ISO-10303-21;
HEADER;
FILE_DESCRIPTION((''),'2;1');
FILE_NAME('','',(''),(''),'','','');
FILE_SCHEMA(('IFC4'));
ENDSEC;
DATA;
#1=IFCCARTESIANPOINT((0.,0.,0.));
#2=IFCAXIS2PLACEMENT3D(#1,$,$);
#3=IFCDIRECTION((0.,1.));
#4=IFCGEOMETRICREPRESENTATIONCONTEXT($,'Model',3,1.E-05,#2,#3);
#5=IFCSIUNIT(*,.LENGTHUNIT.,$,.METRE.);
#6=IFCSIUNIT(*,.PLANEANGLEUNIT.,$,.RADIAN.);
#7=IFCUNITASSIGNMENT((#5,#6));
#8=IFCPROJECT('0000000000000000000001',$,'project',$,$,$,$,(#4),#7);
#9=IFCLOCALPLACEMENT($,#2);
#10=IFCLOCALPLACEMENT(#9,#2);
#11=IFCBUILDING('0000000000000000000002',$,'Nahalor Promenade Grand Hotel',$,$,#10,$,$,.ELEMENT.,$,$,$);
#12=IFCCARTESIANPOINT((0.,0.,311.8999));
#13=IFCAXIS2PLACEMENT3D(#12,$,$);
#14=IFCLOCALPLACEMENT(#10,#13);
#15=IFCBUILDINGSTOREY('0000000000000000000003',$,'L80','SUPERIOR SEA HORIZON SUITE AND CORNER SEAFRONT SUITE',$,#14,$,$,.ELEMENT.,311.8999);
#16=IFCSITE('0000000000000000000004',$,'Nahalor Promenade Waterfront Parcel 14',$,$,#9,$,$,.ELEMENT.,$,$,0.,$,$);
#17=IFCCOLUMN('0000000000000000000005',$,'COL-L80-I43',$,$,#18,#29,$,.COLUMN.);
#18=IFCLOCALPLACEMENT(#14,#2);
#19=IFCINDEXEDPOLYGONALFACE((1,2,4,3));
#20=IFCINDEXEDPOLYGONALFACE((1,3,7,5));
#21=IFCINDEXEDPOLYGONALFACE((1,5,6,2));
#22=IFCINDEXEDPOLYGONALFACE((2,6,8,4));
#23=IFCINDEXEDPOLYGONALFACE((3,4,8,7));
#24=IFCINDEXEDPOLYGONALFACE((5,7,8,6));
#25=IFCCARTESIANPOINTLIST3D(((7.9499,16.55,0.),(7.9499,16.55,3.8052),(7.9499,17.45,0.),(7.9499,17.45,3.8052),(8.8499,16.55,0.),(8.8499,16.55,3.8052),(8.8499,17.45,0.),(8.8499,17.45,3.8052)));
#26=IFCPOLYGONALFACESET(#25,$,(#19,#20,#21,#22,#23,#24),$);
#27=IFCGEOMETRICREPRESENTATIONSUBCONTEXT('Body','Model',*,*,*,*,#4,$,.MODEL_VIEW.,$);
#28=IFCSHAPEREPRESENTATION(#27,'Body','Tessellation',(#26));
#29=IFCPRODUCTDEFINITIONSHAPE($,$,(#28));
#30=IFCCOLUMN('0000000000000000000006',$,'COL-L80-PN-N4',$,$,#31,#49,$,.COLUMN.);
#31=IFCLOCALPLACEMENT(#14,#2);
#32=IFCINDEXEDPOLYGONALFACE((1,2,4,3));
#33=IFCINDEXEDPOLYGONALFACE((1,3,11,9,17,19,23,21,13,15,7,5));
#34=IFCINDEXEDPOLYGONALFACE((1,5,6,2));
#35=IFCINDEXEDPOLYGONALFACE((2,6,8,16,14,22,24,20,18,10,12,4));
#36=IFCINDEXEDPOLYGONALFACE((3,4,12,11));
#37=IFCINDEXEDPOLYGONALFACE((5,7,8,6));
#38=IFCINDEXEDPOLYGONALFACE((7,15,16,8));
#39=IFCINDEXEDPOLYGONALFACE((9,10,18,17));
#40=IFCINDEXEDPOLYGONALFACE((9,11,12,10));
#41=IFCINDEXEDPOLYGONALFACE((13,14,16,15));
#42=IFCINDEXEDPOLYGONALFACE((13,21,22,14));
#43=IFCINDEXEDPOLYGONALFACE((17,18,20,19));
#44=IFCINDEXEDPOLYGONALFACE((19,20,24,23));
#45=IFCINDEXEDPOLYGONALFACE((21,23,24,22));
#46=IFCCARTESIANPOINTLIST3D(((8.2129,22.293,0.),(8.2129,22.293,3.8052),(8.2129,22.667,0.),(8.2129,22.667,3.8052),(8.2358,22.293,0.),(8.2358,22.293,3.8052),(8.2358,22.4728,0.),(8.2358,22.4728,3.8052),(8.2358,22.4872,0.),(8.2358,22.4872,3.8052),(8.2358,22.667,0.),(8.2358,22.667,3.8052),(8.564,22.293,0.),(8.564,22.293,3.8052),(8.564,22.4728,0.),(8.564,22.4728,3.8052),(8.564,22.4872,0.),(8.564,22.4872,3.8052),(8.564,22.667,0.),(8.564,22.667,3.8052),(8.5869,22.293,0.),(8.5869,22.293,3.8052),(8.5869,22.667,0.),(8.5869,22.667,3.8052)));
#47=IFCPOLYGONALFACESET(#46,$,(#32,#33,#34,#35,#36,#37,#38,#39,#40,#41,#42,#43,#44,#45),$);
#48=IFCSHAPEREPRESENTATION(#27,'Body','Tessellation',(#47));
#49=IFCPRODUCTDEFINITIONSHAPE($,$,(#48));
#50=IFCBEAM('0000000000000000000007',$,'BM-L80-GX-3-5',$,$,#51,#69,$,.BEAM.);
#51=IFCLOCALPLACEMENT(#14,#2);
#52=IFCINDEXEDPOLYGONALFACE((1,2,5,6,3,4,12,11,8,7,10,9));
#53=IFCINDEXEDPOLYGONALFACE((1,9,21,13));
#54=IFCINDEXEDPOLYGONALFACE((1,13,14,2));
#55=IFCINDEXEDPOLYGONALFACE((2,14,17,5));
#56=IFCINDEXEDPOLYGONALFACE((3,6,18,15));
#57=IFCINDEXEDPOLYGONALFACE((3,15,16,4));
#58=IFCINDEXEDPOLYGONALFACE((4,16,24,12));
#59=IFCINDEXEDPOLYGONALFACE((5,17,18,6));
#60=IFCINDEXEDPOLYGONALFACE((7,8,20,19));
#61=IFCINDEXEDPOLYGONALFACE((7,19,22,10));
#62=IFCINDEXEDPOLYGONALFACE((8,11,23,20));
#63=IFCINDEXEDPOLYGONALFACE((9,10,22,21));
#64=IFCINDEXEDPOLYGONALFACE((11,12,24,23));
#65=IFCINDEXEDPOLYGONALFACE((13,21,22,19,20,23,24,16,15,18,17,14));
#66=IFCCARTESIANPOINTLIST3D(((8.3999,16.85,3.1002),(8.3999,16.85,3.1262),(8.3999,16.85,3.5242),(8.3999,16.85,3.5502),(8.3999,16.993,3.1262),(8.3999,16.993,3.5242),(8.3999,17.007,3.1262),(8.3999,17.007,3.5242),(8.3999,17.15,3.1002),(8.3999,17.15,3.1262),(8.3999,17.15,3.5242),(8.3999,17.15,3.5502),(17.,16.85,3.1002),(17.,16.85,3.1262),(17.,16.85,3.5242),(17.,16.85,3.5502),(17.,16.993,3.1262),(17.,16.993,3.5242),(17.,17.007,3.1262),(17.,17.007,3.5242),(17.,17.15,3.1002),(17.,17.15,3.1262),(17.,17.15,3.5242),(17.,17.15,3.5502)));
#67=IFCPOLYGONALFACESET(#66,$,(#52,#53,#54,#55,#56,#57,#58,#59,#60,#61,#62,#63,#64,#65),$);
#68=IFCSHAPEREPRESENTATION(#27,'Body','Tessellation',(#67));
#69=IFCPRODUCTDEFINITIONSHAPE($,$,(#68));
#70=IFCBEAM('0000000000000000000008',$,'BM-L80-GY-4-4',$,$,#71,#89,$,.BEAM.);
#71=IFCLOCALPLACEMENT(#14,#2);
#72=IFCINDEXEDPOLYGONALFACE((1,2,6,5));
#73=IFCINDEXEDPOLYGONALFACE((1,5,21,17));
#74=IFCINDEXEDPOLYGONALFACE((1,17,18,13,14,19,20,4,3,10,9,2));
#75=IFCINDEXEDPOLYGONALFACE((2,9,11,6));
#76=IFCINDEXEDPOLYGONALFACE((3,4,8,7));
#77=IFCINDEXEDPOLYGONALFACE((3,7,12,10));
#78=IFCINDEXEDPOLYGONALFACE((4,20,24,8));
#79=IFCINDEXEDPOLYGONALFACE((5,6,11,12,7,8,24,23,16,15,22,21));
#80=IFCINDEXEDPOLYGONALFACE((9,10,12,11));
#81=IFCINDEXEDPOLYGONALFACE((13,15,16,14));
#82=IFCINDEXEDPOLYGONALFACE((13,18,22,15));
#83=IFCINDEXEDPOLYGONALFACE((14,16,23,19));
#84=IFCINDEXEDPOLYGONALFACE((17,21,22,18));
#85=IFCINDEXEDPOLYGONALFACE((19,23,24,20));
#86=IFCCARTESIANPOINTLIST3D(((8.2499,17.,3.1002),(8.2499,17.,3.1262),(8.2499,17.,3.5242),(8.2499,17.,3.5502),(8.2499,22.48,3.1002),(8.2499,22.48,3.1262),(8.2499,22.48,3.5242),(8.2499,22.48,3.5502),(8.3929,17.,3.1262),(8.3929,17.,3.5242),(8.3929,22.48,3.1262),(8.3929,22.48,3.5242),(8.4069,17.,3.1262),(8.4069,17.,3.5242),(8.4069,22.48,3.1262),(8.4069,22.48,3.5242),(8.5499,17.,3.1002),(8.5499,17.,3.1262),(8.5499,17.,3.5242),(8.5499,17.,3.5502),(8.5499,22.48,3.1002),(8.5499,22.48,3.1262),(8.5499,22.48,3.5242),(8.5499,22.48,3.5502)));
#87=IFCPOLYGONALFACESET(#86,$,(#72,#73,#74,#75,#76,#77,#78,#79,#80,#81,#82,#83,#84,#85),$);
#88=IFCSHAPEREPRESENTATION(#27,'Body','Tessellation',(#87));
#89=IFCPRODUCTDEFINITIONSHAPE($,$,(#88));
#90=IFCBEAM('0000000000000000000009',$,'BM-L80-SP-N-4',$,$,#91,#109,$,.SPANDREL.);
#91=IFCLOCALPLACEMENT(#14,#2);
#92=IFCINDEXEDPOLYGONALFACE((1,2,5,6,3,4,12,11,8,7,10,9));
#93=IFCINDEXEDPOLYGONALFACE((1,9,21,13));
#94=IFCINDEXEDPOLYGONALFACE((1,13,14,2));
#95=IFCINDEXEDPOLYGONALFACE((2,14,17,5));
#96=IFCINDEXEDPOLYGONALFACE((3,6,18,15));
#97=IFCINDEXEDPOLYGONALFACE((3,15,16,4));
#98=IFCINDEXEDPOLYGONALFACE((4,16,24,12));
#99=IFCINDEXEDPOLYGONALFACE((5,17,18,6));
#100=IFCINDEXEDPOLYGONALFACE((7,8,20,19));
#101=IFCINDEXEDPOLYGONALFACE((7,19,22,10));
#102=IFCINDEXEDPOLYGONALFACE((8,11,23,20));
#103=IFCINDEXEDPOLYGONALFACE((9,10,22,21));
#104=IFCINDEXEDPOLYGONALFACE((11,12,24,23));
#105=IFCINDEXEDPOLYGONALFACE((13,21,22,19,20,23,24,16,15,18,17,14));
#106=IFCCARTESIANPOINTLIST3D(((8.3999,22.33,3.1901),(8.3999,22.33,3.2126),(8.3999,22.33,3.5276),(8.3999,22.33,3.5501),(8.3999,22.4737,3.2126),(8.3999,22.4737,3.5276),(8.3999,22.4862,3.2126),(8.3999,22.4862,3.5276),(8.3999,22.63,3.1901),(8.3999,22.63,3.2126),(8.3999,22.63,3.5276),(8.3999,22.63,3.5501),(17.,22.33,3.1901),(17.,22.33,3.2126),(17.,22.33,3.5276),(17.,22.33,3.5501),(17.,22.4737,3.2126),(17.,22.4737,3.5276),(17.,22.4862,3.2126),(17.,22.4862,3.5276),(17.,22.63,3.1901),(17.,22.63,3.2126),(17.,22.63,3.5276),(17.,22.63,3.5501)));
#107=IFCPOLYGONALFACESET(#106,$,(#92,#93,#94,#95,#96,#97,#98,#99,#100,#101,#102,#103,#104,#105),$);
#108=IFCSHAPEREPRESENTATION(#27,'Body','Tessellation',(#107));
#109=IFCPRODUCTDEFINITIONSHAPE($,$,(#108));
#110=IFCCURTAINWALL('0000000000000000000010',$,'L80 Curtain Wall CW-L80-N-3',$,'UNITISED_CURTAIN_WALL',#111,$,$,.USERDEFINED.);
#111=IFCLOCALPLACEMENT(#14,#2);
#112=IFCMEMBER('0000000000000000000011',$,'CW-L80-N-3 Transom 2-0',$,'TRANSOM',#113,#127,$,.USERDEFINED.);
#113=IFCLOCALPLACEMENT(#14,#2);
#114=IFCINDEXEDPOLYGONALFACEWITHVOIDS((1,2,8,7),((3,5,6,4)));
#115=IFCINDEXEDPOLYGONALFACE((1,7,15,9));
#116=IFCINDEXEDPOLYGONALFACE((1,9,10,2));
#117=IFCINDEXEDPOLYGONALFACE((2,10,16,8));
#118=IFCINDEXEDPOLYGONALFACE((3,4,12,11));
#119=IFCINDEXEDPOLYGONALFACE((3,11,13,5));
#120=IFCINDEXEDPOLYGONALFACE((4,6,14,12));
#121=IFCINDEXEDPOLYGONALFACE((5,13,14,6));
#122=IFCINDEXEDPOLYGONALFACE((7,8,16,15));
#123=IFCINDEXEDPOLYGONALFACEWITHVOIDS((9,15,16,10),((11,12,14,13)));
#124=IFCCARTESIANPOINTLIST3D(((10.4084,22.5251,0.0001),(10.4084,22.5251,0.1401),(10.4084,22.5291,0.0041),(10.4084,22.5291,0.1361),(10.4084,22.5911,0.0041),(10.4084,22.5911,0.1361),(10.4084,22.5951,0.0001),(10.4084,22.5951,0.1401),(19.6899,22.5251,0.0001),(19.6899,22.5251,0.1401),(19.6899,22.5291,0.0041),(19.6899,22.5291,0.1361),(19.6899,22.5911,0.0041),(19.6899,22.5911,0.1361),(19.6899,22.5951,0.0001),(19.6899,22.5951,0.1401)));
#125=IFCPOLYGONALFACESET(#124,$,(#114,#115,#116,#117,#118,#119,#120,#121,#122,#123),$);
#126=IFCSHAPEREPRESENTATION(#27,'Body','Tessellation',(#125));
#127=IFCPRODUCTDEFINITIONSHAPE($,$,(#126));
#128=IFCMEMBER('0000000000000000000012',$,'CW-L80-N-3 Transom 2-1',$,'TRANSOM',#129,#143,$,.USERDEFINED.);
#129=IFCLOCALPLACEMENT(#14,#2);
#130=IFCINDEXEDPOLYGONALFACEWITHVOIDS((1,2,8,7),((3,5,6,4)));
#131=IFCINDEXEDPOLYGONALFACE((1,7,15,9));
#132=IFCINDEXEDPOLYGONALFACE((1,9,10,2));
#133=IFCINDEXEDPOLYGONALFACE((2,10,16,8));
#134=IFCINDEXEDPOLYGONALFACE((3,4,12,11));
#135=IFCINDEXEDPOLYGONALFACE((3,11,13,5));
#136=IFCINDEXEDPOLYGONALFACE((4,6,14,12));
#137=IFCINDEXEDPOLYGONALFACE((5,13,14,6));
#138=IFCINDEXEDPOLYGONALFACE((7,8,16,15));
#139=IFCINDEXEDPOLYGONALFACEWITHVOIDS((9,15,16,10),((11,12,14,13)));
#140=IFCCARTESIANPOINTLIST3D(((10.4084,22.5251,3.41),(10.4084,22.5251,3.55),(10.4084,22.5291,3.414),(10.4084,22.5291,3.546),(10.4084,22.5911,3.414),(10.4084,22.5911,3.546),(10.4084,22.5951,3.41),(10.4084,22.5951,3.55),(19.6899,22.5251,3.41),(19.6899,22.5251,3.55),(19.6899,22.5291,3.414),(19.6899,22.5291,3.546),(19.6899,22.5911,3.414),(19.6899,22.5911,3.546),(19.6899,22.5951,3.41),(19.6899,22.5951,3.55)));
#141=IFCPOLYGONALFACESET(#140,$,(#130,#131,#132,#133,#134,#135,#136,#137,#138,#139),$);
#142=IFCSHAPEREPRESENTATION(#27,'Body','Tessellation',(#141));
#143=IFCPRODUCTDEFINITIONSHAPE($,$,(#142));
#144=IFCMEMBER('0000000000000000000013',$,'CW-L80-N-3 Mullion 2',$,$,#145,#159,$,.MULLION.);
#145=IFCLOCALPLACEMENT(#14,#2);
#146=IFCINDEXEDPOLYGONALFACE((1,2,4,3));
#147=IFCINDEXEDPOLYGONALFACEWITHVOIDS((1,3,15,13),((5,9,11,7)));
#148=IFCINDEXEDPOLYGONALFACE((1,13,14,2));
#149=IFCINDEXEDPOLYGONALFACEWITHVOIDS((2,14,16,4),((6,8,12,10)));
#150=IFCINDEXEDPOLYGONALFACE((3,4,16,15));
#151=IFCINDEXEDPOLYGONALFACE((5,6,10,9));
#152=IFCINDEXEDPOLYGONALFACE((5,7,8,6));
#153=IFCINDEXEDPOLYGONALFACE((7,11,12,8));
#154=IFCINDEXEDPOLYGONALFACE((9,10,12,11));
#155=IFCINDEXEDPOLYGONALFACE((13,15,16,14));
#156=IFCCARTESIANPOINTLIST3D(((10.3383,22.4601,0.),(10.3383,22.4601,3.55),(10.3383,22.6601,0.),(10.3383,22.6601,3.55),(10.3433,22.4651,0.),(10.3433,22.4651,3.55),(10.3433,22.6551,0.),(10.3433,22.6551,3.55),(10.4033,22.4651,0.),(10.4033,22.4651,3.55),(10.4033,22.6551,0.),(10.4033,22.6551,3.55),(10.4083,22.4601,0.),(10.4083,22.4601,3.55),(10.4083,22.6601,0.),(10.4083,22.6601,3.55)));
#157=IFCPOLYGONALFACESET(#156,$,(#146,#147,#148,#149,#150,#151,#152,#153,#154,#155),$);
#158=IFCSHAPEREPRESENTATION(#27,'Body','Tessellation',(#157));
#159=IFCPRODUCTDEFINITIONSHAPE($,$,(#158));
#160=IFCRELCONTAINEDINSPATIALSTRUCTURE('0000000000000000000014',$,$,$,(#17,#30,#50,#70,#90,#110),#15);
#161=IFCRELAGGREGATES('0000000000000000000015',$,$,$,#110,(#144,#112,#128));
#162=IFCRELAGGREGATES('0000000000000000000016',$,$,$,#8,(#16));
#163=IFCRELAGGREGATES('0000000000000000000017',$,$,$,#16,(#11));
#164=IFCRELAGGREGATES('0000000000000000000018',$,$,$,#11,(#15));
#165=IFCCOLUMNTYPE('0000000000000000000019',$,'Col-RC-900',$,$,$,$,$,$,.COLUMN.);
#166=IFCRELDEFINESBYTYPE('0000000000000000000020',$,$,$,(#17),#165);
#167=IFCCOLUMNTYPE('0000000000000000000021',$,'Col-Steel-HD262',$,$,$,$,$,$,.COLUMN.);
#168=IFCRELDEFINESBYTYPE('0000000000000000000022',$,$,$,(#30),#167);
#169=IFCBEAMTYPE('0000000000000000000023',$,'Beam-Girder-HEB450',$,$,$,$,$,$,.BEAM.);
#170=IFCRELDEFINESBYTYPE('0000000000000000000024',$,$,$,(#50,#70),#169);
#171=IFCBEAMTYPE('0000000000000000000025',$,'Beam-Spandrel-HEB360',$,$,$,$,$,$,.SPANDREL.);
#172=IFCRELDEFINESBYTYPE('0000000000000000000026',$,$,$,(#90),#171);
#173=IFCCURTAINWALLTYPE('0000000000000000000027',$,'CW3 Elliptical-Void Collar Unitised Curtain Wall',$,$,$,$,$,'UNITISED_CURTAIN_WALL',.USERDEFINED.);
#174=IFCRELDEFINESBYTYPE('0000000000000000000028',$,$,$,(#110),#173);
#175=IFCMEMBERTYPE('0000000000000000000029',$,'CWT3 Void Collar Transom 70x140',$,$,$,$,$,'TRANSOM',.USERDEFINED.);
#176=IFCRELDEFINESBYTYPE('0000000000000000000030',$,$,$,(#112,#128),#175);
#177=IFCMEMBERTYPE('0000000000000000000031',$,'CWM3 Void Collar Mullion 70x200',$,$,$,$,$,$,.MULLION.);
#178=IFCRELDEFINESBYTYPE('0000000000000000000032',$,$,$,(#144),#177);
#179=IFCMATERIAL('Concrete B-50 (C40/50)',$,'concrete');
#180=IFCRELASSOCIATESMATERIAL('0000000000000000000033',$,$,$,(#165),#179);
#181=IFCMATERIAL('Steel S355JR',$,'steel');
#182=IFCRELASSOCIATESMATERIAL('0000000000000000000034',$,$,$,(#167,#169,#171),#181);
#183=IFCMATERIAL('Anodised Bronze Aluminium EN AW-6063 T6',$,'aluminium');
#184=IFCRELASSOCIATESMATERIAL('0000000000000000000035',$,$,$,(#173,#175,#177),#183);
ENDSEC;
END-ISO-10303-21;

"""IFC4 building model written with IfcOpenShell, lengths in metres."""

from ifc_helpers import new_model, si_unit, direction, frame, origin, origin_2d, place, context, subcontext, project, spatial, rectangle, hollow_rectangle, i_section, extrude, source, transform, mapped, material, material_profile, profile_set, type_object, element, aggregate, save


model = new_model("IFC4")

# Units and contexts
model_context = context("Model", 3, precision=1e-05, world=origin(), true_north=direction((0.0, 1.0)))
body_context = subcontext(model_context, "Body", "Model", "MODEL_VIEW")
ifc_project = project(units=[si_unit("LENGTHUNIT", "METRE"), si_unit("PLANEANGLEUNIT", "RADIAN")], contexts=[model_context])

# Site, building, storey
site_placement = place(None, origin())
site = spatial("IfcSite", under=ifc_project, at=site_placement, Name="Nahalor Promenade Waterfront Parcel 14", CompositionType="ELEMENT", RefElevation=0.0)
building_placement = place(site_placement, origin())
building = spatial("IfcBuilding", under=site, at=building_placement, Name="Nahalor Promenade Grand Hotel", CompositionType="ELEMENT")
storey_placement = place(building_placement, frame((0.0, 0.0, 311.8999)))
storey = spatial("IfcBuildingStorey", under=building, at=storey_placement, Name="L80", Description="SUPERIOR SEA HORIZON SUITE AND CORNER SEAFRONT SUITE", CompositionType="ELEMENT", Elevation=311.8999)

# Columns
ifc_material_1 = material(Name="Concrete B-50 (C40/50)", Category="concrete")
ifc_material_profile_1 = material_profile(ifc_material_1, rectangle(XDim=0.9, YDim=0.9, at=origin_2d()), Name="RC 900x900")
ifc_profile_set_1 = profile_set([ifc_material_profile_1], Name="Concrete B-50 (C40/50)")
column_type_1 = type_object("IfcColumnType", Name="Col-RC-900", PredefinedType="COLUMN", material=ifc_profile_set_1)
shared_shape_1 = source(origin(), body_context, "Body", "SweptSolid", [
    extrude(rectangle(XDim=0.9, YDim=0.9, at=origin_2d()), origin(), (0.0, 0.0, 1.0), 3.8052),
])
column_1_placement = place(storey_placement, frame((8.3999, 17.0, 0.0), z_axis=(0.0, 0.0, 1.0), x_axis=(1.0, 0.0, 0.0)))
element("IfcColumn", 1, at=column_1_placement, inside=storey, type_object=column_type_1, Name="COL-L80-I43", PredefinedType="COLUMN", context=body_context, shape_type="MappedRepresentation", body=[
    mapped(shared_shape_1, transform((0.0, 0.0, 0.0), scale=1.0)),
])
ifc_material_2 = material(Name="Steel S355JR", Category="steel")
ifc_material_profile_2 = material_profile(ifc_material_2, i_section(OverallWidth=0.374, OverallDepth=0.374, WebThickness=0.0144, FlangeThickness=0.0229, at=origin_2d()), Name="HD 360x262")
ifc_profile_set_2 = profile_set([ifc_material_profile_2], Name="Steel S355JR")
column_type_2 = type_object("IfcColumnType", Name="Col-Steel-HD262", PredefinedType="COLUMN", material=ifc_profile_set_2)
shared_shape_2 = source(origin(), body_context, "Body", "SweptSolid", [
    extrude(i_section(OverallWidth=0.374, OverallDepth=0.374, WebThickness=0.0144, FlangeThickness=0.0229, at=origin_2d()), origin(), (0.0, 0.0, 1.0), 3.8052),
])
column_2_placement = place(storey_placement, frame((8.3999, 22.48, 0.0), z_axis=(0.0, 0.0, 1.0), x_axis=(0.0, 1.0, 0.0)))
element("IfcColumn", 2, at=column_2_placement, inside=storey, type_object=column_type_2, Name="COL-L80-PN-N4", PredefinedType="COLUMN", context=body_context, shape_type="MappedRepresentation", body=[
    mapped(shared_shape_2, transform((0.0, 0.0, 0.0), scale=1.0)),
])

# Beams
ifc_material_profile_3 = material_profile(ifc_material_2, i_section(OverallWidth=0.3, OverallDepth=0.45, WebThickness=0.014, FlangeThickness=0.026, at=origin_2d()), Name="HEB 450")
ifc_profile_set_3 = profile_set([ifc_material_profile_3], Name="Steel S355JR")
beam_type_1 = type_object("IfcBeamType", Name="Beam-Girder-HEB450", PredefinedType="BEAM", material=ifc_profile_set_3)
shared_shape_3 = source(origin(), body_context, "Body", "SweptSolid", [
    extrude(i_section(OverallWidth=0.3, OverallDepth=0.45, WebThickness=0.014, FlangeThickness=0.026, at=origin_2d()), origin(), (0.0, 0.0, 1.0), 8.6001),
])
beam_1_placement = place(storey_placement, frame((8.3999, 17.0, 3.3252), z_axis=(1.0, 0.0, 0.0), x_axis=(0.0, 1.0, 0.0)))
element("IfcBeam", 3, at=beam_1_placement, inside=storey, type_object=beam_type_1, Name="BM-L80-GX-3-5", PredefinedType="BEAM", context=body_context, shape_type="MappedRepresentation", body=[
    mapped(shared_shape_3, transform((0.0, 0.0, 0.0), scale=1.0)),
])
shared_shape_4 = source(origin(), body_context, "Body", "SweptSolid", [
    extrude(i_section(OverallWidth=0.3, OverallDepth=0.45, WebThickness=0.014, FlangeThickness=0.026, at=origin_2d()), origin(), (0.0, 0.0, 1.0), 5.48),
])
beam_2_placement = place(storey_placement, frame((8.3999, 17.0, 3.3252), z_axis=(0.0, 1.0, 0.0), x_axis=(-1.0, 0.0, 0.0)))
element("IfcBeam", 4, at=beam_2_placement, inside=storey, type_object=beam_type_1, Name="BM-L80-GY-4-4", PredefinedType="BEAM", context=body_context, shape_type="MappedRepresentation", body=[
    mapped(shared_shape_4, transform((0.0, 0.0, 0.0), scale=1.0)),
])
ifc_material_profile_4 = material_profile(ifc_material_2, i_section(OverallWidth=0.3, OverallDepth=0.36, WebThickness=0.0125, FlangeThickness=0.0225, at=origin_2d()), Name="HEB 360")
ifc_profile_set_4 = profile_set([ifc_material_profile_4], Name="Steel S355JR")
beam_type_2 = type_object("IfcBeamType", Name="Beam-Spandrel-HEB360", PredefinedType="SPANDREL", material=ifc_profile_set_4)
shared_shape_5 = source(origin(), body_context, "Body", "SweptSolid", [
    extrude(i_section(OverallWidth=0.3, OverallDepth=0.36, WebThickness=0.0125, FlangeThickness=0.0225, at=origin_2d()), origin(), (0.0, 0.0, 1.0), 8.6001),
])
beam_3_placement = place(storey_placement, frame((8.3999, 22.48, 3.3701), z_axis=(1.0, 0.0, 0.0), x_axis=(0.0, 1.0, 0.0)))
element("IfcBeam", 5, at=beam_3_placement, inside=storey, type_object=beam_type_2, Name="BM-L80-SP-N-4", PredefinedType="SPANDREL", context=body_context, shape_type="MappedRepresentation", body=[
    mapped(shared_shape_5, transform((0.0, 0.0, 0.0), scale=1.0)),
])

# Curtain wall, members
ifc_material_3 = material(Name="Anodised Bronze Aluminium EN AW-6063 T6", Category="aluminium")
curtain_wall_type = type_object("IfcCurtainWallType", Name="CW3 Elliptical-Void Collar Unitised Curtain Wall", ElementType="UNITISED_CURTAIN_WALL", PredefinedType="USERDEFINED", material=ifc_material_3)
curtain_wall_placement = place(storey_placement, origin())
curtain_wall = element("IfcCurtainWall", 6, at=curtain_wall_placement, inside=storey, type_object=curtain_wall_type, Name="L80 Curtain Wall CW-L80-N-3", ObjectType="UNITISED_CURTAIN_WALL", PredefinedType="USERDEFINED")
ifc_material_profile_5 = material_profile(ifc_material_3, hollow_rectangle(XDim=0.07, YDim=0.14, WallThickness=0.004, at=origin_2d()), Name="CWT 70x140x4")
ifc_profile_set_5 = profile_set([ifc_material_profile_5], Name="Anodised Bronze Aluminium EN AW-6063 T6")
member_type_1 = type_object("IfcMemberType", Name="CWT3 Void Collar Transom 70x140", ElementType="TRANSOM", PredefinedType="USERDEFINED", material=ifc_profile_set_5)
shared_shape_6 = source(origin(), body_context, "Body", "SweptSolid", [
    extrude(hollow_rectangle(XDim=0.07, YDim=0.14, WallThickness=0.004, at=origin_2d()), origin(), (0.0, 0.0, 1.0), 9.2815),
])
member_1_placement = place(storey_placement, frame((10.4084, 22.5601, 0.0701), z_axis=(1.0, 0.0, 0.0), x_axis=(0.0, 1.0, 0.0)))
member_1 = element("IfcMember", 7, at=member_1_placement, type_object=member_type_1, Name="CW-L80-N-3 Transom 2-0", ObjectType="TRANSOM", PredefinedType="USERDEFINED", context=body_context, shape_type="MappedRepresentation", body=[
    mapped(shared_shape_6, transform((0.0, 0.0, 0.0), scale=1.0)),
])
member_2_placement = place(storey_placement, frame((10.4084, 22.5601, 3.48), z_axis=(1.0, 0.0, 0.0), x_axis=(0.0, 1.0, 0.0)))
member_2 = element("IfcMember", 8, at=member_2_placement, type_object=member_type_1, Name="CW-L80-N-3 Transom 2-1", ObjectType="TRANSOM", PredefinedType="USERDEFINED", context=body_context, shape_type="MappedRepresentation", body=[
    mapped(shared_shape_6, transform((0.0, 0.0, 0.0), scale=1.0)),
])
ifc_material_profile_6 = material_profile(ifc_material_3, hollow_rectangle(XDim=0.07, YDim=0.2, WallThickness=0.005, at=origin_2d()), Name="CWM 70x200x5")
ifc_profile_set_6 = profile_set([ifc_material_profile_6], Name="Anodised Bronze Aluminium EN AW-6063 T6")
member_type_2 = type_object("IfcMemberType", Name="CWM3 Void Collar Mullion 70x200", PredefinedType="MULLION", material=ifc_profile_set_6)
shared_shape_7 = source(origin(), body_context, "Body", "SweptSolid", [
    extrude(hollow_rectangle(XDim=0.07, YDim=0.2, WallThickness=0.005, at=origin_2d()), origin(), (0.0, 0.0, 1.0), 3.55),
])
member_3_placement = place(storey_placement, frame((10.3733, 22.5601, 0.0), z_axis=(0.0, 0.0, 1.0), x_axis=(1.0, 0.0, 0.0)))
member_3 = element("IfcMember", 9, at=member_3_placement, type_object=member_type_2, Name="CW-L80-N-3 Mullion 2", PredefinedType="MULLION", context=body_context, shape_type="MappedRepresentation", body=[
    mapped(shared_shape_7, transform((0.0, 0.0, 0.0), scale=1.0)),
])
aggregate(curtain_wall, [member_3, member_1, member_2])

save(model, "model.ifc")
